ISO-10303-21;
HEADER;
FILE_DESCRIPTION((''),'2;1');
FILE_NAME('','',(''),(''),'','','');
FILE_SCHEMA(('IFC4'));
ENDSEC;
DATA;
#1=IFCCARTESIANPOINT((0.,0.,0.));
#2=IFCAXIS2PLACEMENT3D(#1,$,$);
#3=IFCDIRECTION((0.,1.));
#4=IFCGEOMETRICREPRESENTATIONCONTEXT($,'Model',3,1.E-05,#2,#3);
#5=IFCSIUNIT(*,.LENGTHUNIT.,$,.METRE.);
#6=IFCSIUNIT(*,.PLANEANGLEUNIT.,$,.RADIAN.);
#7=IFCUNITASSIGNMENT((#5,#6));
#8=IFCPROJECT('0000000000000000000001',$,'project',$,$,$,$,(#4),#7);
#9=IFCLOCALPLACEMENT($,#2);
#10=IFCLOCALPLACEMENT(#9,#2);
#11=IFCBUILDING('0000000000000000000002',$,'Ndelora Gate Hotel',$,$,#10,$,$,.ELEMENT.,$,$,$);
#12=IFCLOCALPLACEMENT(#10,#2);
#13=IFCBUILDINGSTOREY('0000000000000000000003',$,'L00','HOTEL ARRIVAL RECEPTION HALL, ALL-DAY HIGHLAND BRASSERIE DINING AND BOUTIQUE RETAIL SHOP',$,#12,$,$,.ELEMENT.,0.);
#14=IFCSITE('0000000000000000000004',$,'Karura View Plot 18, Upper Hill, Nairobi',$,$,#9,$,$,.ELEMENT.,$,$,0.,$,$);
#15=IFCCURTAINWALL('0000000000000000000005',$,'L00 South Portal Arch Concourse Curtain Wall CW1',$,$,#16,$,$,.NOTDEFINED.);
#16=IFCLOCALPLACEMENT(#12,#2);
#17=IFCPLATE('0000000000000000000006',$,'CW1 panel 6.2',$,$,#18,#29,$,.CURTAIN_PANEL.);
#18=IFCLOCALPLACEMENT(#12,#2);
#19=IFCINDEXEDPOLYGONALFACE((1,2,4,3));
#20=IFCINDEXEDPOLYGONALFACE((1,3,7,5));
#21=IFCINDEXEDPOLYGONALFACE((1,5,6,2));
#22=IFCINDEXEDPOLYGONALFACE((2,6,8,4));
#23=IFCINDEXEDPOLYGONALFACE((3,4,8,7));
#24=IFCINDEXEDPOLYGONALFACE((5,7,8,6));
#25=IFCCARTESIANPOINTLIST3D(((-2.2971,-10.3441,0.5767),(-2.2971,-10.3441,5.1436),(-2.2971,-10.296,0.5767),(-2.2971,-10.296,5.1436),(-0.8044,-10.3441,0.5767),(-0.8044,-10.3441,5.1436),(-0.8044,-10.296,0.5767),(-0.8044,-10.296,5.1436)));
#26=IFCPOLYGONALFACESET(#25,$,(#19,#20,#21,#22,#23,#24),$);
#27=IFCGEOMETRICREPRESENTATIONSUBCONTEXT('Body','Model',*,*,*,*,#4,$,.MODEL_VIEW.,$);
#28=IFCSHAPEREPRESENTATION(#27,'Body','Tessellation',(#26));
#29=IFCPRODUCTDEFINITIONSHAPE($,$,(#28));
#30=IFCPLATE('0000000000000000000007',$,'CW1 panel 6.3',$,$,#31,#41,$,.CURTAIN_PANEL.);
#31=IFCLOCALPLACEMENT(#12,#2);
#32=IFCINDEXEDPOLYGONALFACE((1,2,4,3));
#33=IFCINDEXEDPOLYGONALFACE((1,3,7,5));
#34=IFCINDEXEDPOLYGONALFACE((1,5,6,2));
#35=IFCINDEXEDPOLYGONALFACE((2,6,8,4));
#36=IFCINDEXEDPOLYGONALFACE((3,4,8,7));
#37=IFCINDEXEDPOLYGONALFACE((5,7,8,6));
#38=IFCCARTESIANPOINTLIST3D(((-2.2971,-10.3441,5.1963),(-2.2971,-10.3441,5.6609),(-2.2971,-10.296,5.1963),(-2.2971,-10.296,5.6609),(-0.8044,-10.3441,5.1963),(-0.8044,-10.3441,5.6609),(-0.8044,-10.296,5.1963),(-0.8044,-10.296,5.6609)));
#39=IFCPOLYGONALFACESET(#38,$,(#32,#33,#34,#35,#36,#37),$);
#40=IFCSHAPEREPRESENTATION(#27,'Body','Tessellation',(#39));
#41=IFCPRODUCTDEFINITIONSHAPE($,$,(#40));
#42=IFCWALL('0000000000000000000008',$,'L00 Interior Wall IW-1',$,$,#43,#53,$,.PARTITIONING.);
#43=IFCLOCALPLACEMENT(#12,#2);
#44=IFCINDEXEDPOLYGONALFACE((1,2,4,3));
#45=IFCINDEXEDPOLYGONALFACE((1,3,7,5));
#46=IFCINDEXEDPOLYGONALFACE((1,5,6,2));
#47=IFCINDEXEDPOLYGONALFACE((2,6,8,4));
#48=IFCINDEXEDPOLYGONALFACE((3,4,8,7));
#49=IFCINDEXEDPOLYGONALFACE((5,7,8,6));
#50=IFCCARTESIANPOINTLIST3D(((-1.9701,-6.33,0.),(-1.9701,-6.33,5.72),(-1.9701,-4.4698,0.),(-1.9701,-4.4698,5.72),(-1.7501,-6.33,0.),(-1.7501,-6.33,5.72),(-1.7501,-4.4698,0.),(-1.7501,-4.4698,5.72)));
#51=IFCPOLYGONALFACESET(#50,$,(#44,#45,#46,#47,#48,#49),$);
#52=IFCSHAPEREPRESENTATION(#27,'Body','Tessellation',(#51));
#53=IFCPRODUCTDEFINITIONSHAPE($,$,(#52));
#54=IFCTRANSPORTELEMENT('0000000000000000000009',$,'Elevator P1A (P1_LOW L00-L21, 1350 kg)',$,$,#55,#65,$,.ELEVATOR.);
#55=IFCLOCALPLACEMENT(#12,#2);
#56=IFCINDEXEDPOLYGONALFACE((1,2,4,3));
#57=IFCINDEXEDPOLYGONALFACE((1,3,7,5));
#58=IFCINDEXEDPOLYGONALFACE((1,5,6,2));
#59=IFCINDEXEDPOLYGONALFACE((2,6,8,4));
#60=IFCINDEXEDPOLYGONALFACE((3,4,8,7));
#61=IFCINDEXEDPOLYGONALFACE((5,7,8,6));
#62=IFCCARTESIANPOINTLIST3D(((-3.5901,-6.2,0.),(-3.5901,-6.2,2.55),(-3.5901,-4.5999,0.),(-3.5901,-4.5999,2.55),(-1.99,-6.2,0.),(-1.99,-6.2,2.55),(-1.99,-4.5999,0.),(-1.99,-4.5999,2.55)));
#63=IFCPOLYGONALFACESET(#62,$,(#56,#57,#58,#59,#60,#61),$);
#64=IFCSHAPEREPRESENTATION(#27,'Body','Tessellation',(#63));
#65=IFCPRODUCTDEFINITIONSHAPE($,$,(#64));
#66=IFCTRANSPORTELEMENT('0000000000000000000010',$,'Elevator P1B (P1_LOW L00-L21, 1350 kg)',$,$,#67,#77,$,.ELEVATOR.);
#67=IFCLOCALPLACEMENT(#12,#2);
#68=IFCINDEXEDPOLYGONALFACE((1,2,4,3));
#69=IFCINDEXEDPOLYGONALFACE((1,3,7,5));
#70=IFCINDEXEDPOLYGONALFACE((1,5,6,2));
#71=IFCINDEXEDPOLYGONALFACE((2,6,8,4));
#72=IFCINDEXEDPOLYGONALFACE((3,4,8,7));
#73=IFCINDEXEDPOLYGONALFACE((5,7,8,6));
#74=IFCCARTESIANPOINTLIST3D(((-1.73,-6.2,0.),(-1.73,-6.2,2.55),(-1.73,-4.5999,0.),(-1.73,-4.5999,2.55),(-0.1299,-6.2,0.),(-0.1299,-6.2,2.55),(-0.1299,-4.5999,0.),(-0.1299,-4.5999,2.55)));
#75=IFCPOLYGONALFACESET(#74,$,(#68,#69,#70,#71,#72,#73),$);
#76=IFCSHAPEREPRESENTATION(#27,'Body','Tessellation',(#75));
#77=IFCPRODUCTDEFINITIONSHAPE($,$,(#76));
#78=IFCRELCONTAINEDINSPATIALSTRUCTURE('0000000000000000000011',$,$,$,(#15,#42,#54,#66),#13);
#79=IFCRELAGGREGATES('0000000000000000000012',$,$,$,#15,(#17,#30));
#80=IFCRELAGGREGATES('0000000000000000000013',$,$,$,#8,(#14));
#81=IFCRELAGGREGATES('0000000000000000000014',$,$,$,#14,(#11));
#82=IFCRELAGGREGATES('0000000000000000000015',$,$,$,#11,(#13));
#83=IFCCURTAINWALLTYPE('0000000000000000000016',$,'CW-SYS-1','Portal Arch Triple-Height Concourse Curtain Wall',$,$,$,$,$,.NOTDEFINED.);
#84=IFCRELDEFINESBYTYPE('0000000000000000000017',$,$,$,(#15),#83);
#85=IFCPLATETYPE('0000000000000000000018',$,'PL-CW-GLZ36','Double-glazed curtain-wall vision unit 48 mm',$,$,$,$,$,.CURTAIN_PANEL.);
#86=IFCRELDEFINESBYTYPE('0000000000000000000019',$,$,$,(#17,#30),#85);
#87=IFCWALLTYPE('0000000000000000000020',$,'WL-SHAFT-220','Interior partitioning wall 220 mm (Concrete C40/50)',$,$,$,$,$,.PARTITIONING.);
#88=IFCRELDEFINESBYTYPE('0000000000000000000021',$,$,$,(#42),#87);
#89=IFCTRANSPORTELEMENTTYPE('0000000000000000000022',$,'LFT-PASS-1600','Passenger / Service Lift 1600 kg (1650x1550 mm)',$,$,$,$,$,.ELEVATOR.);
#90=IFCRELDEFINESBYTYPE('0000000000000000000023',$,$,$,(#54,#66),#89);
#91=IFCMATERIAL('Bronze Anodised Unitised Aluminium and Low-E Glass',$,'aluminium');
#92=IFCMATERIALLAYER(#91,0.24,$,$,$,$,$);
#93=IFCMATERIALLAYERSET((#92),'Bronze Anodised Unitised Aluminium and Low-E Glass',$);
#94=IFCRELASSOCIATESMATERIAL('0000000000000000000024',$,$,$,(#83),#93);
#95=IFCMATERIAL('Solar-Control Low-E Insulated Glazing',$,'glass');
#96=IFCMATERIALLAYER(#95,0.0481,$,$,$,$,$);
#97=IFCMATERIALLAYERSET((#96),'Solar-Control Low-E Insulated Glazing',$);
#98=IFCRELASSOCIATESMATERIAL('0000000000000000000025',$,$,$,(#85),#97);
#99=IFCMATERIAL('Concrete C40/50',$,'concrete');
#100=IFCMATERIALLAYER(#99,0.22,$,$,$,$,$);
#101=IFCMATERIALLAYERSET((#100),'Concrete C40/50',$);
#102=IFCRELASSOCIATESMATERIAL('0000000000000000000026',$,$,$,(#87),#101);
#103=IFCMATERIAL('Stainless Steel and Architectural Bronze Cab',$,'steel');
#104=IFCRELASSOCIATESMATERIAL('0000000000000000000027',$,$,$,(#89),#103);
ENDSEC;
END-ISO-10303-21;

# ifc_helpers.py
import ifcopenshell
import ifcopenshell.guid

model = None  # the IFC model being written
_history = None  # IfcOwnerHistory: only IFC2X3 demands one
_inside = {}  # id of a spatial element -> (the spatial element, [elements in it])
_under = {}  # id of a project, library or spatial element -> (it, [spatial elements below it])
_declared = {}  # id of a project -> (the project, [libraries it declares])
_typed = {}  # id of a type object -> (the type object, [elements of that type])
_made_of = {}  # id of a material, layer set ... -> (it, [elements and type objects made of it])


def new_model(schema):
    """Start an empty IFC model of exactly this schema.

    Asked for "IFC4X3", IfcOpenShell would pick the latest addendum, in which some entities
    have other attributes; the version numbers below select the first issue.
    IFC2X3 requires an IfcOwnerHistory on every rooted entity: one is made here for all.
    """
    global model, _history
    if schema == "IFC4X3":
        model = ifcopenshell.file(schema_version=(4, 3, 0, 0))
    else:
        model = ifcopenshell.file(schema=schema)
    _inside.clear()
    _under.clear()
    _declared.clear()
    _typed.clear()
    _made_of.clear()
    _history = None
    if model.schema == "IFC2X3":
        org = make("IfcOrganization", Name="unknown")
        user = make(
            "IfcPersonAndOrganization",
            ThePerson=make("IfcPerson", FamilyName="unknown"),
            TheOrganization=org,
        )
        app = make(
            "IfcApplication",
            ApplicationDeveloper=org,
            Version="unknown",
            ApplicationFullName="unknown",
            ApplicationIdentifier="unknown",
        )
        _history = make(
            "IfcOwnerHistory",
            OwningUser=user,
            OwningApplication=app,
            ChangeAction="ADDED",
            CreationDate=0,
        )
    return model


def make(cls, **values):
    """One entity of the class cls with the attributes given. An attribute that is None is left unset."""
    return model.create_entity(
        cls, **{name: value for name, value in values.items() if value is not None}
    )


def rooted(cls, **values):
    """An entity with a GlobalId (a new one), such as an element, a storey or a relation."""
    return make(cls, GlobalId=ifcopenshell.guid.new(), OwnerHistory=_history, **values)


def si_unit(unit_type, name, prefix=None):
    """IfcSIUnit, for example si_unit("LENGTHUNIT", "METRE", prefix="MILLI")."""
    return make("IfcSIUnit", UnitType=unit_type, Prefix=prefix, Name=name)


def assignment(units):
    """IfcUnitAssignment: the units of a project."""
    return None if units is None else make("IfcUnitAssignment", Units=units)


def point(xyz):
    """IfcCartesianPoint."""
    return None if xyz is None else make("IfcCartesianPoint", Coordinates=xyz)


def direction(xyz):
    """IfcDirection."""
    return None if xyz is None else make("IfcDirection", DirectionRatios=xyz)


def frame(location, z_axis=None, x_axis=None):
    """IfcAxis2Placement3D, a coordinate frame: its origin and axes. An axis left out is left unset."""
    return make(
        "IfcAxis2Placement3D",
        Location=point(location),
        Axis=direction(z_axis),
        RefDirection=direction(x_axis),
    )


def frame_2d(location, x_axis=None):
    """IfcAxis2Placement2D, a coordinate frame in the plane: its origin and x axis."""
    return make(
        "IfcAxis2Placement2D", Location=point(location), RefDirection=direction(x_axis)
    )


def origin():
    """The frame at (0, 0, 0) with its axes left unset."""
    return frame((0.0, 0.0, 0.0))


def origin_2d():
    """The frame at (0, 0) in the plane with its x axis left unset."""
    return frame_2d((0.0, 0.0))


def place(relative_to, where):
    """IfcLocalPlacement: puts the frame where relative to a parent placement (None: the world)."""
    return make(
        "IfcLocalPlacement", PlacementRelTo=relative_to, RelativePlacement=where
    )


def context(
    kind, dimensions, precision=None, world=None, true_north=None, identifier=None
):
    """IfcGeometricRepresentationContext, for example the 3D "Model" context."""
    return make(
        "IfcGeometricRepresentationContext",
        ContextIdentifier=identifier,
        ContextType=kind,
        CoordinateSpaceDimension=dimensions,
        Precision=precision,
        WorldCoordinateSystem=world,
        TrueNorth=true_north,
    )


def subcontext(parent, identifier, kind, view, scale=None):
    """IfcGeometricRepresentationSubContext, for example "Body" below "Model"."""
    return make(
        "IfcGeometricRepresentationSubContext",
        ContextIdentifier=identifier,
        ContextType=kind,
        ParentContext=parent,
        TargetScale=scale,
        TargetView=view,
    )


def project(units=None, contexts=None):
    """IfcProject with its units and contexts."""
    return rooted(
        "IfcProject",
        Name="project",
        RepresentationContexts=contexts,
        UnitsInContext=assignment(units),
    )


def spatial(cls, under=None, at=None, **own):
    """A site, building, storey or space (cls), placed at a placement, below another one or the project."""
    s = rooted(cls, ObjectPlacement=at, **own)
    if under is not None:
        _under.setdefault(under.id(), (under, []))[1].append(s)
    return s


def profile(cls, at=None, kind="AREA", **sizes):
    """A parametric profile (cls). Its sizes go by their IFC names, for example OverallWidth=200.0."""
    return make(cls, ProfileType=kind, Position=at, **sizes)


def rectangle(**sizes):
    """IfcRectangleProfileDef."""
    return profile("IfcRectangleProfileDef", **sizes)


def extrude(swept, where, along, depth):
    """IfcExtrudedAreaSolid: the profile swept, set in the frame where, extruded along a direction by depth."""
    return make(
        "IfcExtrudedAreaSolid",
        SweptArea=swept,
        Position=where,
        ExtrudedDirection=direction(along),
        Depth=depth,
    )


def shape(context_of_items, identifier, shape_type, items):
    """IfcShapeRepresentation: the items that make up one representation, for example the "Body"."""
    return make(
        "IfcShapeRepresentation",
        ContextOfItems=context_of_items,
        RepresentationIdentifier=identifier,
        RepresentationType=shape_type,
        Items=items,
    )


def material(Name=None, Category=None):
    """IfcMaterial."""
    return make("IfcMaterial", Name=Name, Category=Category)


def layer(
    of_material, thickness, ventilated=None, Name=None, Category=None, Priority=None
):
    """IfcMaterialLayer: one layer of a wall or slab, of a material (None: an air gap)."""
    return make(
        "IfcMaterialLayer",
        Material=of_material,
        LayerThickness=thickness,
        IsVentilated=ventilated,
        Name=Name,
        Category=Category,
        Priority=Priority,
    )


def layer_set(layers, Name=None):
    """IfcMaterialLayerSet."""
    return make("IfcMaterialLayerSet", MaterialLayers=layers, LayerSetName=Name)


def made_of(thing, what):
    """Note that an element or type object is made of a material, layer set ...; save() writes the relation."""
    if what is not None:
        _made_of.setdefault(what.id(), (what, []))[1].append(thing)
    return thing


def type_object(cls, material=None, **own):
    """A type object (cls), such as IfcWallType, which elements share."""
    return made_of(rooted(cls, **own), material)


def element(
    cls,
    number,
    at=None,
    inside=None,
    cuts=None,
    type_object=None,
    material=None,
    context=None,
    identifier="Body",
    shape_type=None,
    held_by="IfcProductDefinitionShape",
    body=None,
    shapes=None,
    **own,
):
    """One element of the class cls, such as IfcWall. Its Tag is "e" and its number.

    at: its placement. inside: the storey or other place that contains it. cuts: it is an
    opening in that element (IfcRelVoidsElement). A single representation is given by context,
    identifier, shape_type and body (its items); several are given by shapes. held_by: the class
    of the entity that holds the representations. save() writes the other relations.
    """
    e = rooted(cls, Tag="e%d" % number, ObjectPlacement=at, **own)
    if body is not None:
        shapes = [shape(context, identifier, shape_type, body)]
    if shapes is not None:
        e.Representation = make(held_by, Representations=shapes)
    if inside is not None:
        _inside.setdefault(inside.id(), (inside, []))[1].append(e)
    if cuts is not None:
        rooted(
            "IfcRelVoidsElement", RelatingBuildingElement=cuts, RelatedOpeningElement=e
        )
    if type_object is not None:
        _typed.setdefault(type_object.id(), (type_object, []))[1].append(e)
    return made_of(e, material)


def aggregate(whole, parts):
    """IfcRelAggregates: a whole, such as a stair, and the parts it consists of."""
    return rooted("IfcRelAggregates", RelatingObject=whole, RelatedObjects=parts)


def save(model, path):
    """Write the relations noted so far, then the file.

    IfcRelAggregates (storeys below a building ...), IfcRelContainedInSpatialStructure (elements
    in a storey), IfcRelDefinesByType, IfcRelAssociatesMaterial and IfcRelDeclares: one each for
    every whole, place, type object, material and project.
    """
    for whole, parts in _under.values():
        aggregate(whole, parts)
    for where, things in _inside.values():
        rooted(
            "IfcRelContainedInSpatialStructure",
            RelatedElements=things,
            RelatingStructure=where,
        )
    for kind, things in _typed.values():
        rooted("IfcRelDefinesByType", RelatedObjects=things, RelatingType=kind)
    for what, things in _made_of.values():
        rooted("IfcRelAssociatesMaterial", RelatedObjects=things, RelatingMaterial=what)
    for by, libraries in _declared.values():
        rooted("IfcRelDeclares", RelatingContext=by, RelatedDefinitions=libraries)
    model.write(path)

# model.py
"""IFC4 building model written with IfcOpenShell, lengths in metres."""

from ifc_helpers import new_model, si_unit, direction, frame, frame_2d, origin, origin_2d, place, context, subcontext, project, spatial, rectangle, extrude, material, layer, layer_set, type_object, element, aggregate, save


model = new_model("IFC4")

# Units and contexts
model_context = context("Model", 3, precision=1e-05, world=origin(), true_north=direction((0.0, 1.0)))
body_context = subcontext(model_context, "Body", "Model", "MODEL_VIEW")
ifc_project = project(units=[si_unit("LENGTHUNIT", "METRE"), si_unit("PLANEANGLEUNIT", "RADIAN")], contexts=[model_context])

# Site, building, storey
site_placement = place(None, origin())
site = spatial("IfcSite", under=ifc_project, at=site_placement, Name="Karura View Plot 18, Upper Hill, Nairobi", CompositionType="ELEMENT", RefElevation=0.0)
building_placement = place(site_placement, origin())
building = spatial("IfcBuilding", under=site, at=building_placement, Name="Ndelora Gate Hotel", CompositionType="ELEMENT")
storey_placement = place(building_placement, origin())
storey = spatial("IfcBuildingStorey", under=building, at=storey_placement, Name="L00", Description="HOTEL ARRIVAL RECEPTION HALL, ALL-DAY HIGHLAND BRASSERIE DINING AND BOUTIQUE RETAIL SHOP", CompositionType="ELEMENT", Elevation=0.0)

# Curtain wall, plates
ifc_material_1 = material(Name="Bronze Anodised Unitised Aluminium and Low-E Glass", Category="aluminium")
ifc_layer_1 = layer(ifc_material_1, 0.24)
ifc_layer_set_1 = layer_set([ifc_layer_1], Name="Bronze Anodised Unitised Aluminium and Low-E Glass")
curtain_wall_type = type_object("IfcCurtainWallType", Name="CW-SYS-1", Description="Portal Arch Triple-Height Concourse Curtain Wall", PredefinedType="NOTDEFINED", material=ifc_layer_set_1)
curtain_wall_placement = place(storey_placement, origin())
curtain_wall = element("IfcCurtainWall", 1, at=curtain_wall_placement, inside=storey, type_object=curtain_wall_type, Name="L00 South Portal Arch Concourse Curtain Wall CW1", PredefinedType="NOTDEFINED")
ifc_material_2 = material(Name="Solar-Control Low-E Insulated Glazing", Category="glass")
ifc_layer_2 = layer(ifc_material_2, 0.0481)
ifc_layer_set_2 = layer_set([ifc_layer_2], Name="Solar-Control Low-E Insulated Glazing")
plate_type = type_object("IfcPlateType", Name="PL-CW-GLZ36", Description="Double-glazed curtain-wall vision unit 48 mm", PredefinedType="CURTAIN_PANEL", material=ifc_layer_set_2)
plate_1_placement = place(storey_placement, frame((-1.5508, -10.3201, 0.5767), z_axis=(0.0, 0.0, 1.0), x_axis=(1.0, 0.0, 0.0)))
plate_1 = element("IfcPlate", 2, at=plate_1_placement, type_object=plate_type, Name="CW1 panel 6.2", PredefinedType="CURTAIN_PANEL", context=body_context, shape_type="SweptSolid", body=[
    extrude(rectangle(XDim=1.4927, YDim=0.0481, at=origin_2d()), origin(), (0.0, 0.0, 1.0), 4.5669),
])
plate_2_placement = place(storey_placement, frame((-1.5508, -10.3201, 5.1963), z_axis=(0.0, 0.0, 1.0), x_axis=(1.0, 0.0, 0.0)))
plate_2 = element("IfcPlate", 3, at=plate_2_placement, type_object=plate_type, Name="CW1 panel 6.3", PredefinedType="CURTAIN_PANEL", context=body_context, shape_type="SweptSolid", body=[
    extrude(rectangle(XDim=1.4927, YDim=0.0481, at=origin_2d()), origin(), (0.0, 0.0, 1.0), 0.4646),
])
aggregate(curtain_wall, [plate_1, plate_2])

# Wall
ifc_material_3 = material(Name="Concrete C40/50", Category="concrete")
ifc_layer_3 = layer(ifc_material_3, 0.22)
ifc_layer_set_3 = layer_set([ifc_layer_3], Name="Concrete C40/50")
wall_type = type_object("IfcWallType", Name="WL-SHAFT-220", Description="Interior partitioning wall 220 mm (Concrete C40/50)", PredefinedType="PARTITIONING", material=ifc_layer_set_3)
wall_1_placement = place(storey_placement, frame((-1.8601, -6.3301, 0.0), z_axis=(0.0, 0.0, 1.0), x_axis=(0.0, 1.0, 0.0)))
element("IfcWall", 4, at=wall_1_placement, inside=storey, type_object=wall_type, Name="L00 Interior Wall IW-1", PredefinedType="PARTITIONING", context=body_context, shape_type="SweptSolid", body=[
    extrude(rectangle(XDim=1.8601, YDim=0.22, at=frame_2d((0.9302, 0.0))), origin(), (0.0, 0.0, 1.0), 5.72),
])

# Transport elements
ifc_material_4 = material(Name="Stainless Steel and Architectural Bronze Cab", Category="steel")
transport_element_type = type_object("IfcTransportElementType", Name="LFT-PASS-1600", Description="Passenger / Service Lift 1600 kg (1650x1550 mm)", PredefinedType="ELEVATOR", material=ifc_material_4)
for number, where, z_axis, x_axis, name in (
    (5, (-2.79, -5.3999, 0.0), (0.0, 0.0, 1.0), (1.0, 0.0, 0.0), "Elevator P1A (P1_LOW L00-L21, 1350 kg)"),
    (6, (-0.9299, -5.3999, 0.0), (0.0, 0.0, 1.0), (1.0, 0.0, 0.0), "Elevator P1B (P1_LOW L00-L21, 1350 kg)"),
):
    element("IfcTransportElement", number, at=place(storey_placement, frame(where, z_axis=z_axis, x_axis=x_axis)), inside=storey, type_object=transport_element_type, Name=name, PredefinedType="ELEVATOR", context=body_context, shape_type="SweptSolid", body=[
        extrude(rectangle(XDim=1.6001, YDim=1.6001, at=origin_2d()), origin(), (0.0, 0.0, 1.0), 2.55),
    ])

save(model, "model.ifc")
